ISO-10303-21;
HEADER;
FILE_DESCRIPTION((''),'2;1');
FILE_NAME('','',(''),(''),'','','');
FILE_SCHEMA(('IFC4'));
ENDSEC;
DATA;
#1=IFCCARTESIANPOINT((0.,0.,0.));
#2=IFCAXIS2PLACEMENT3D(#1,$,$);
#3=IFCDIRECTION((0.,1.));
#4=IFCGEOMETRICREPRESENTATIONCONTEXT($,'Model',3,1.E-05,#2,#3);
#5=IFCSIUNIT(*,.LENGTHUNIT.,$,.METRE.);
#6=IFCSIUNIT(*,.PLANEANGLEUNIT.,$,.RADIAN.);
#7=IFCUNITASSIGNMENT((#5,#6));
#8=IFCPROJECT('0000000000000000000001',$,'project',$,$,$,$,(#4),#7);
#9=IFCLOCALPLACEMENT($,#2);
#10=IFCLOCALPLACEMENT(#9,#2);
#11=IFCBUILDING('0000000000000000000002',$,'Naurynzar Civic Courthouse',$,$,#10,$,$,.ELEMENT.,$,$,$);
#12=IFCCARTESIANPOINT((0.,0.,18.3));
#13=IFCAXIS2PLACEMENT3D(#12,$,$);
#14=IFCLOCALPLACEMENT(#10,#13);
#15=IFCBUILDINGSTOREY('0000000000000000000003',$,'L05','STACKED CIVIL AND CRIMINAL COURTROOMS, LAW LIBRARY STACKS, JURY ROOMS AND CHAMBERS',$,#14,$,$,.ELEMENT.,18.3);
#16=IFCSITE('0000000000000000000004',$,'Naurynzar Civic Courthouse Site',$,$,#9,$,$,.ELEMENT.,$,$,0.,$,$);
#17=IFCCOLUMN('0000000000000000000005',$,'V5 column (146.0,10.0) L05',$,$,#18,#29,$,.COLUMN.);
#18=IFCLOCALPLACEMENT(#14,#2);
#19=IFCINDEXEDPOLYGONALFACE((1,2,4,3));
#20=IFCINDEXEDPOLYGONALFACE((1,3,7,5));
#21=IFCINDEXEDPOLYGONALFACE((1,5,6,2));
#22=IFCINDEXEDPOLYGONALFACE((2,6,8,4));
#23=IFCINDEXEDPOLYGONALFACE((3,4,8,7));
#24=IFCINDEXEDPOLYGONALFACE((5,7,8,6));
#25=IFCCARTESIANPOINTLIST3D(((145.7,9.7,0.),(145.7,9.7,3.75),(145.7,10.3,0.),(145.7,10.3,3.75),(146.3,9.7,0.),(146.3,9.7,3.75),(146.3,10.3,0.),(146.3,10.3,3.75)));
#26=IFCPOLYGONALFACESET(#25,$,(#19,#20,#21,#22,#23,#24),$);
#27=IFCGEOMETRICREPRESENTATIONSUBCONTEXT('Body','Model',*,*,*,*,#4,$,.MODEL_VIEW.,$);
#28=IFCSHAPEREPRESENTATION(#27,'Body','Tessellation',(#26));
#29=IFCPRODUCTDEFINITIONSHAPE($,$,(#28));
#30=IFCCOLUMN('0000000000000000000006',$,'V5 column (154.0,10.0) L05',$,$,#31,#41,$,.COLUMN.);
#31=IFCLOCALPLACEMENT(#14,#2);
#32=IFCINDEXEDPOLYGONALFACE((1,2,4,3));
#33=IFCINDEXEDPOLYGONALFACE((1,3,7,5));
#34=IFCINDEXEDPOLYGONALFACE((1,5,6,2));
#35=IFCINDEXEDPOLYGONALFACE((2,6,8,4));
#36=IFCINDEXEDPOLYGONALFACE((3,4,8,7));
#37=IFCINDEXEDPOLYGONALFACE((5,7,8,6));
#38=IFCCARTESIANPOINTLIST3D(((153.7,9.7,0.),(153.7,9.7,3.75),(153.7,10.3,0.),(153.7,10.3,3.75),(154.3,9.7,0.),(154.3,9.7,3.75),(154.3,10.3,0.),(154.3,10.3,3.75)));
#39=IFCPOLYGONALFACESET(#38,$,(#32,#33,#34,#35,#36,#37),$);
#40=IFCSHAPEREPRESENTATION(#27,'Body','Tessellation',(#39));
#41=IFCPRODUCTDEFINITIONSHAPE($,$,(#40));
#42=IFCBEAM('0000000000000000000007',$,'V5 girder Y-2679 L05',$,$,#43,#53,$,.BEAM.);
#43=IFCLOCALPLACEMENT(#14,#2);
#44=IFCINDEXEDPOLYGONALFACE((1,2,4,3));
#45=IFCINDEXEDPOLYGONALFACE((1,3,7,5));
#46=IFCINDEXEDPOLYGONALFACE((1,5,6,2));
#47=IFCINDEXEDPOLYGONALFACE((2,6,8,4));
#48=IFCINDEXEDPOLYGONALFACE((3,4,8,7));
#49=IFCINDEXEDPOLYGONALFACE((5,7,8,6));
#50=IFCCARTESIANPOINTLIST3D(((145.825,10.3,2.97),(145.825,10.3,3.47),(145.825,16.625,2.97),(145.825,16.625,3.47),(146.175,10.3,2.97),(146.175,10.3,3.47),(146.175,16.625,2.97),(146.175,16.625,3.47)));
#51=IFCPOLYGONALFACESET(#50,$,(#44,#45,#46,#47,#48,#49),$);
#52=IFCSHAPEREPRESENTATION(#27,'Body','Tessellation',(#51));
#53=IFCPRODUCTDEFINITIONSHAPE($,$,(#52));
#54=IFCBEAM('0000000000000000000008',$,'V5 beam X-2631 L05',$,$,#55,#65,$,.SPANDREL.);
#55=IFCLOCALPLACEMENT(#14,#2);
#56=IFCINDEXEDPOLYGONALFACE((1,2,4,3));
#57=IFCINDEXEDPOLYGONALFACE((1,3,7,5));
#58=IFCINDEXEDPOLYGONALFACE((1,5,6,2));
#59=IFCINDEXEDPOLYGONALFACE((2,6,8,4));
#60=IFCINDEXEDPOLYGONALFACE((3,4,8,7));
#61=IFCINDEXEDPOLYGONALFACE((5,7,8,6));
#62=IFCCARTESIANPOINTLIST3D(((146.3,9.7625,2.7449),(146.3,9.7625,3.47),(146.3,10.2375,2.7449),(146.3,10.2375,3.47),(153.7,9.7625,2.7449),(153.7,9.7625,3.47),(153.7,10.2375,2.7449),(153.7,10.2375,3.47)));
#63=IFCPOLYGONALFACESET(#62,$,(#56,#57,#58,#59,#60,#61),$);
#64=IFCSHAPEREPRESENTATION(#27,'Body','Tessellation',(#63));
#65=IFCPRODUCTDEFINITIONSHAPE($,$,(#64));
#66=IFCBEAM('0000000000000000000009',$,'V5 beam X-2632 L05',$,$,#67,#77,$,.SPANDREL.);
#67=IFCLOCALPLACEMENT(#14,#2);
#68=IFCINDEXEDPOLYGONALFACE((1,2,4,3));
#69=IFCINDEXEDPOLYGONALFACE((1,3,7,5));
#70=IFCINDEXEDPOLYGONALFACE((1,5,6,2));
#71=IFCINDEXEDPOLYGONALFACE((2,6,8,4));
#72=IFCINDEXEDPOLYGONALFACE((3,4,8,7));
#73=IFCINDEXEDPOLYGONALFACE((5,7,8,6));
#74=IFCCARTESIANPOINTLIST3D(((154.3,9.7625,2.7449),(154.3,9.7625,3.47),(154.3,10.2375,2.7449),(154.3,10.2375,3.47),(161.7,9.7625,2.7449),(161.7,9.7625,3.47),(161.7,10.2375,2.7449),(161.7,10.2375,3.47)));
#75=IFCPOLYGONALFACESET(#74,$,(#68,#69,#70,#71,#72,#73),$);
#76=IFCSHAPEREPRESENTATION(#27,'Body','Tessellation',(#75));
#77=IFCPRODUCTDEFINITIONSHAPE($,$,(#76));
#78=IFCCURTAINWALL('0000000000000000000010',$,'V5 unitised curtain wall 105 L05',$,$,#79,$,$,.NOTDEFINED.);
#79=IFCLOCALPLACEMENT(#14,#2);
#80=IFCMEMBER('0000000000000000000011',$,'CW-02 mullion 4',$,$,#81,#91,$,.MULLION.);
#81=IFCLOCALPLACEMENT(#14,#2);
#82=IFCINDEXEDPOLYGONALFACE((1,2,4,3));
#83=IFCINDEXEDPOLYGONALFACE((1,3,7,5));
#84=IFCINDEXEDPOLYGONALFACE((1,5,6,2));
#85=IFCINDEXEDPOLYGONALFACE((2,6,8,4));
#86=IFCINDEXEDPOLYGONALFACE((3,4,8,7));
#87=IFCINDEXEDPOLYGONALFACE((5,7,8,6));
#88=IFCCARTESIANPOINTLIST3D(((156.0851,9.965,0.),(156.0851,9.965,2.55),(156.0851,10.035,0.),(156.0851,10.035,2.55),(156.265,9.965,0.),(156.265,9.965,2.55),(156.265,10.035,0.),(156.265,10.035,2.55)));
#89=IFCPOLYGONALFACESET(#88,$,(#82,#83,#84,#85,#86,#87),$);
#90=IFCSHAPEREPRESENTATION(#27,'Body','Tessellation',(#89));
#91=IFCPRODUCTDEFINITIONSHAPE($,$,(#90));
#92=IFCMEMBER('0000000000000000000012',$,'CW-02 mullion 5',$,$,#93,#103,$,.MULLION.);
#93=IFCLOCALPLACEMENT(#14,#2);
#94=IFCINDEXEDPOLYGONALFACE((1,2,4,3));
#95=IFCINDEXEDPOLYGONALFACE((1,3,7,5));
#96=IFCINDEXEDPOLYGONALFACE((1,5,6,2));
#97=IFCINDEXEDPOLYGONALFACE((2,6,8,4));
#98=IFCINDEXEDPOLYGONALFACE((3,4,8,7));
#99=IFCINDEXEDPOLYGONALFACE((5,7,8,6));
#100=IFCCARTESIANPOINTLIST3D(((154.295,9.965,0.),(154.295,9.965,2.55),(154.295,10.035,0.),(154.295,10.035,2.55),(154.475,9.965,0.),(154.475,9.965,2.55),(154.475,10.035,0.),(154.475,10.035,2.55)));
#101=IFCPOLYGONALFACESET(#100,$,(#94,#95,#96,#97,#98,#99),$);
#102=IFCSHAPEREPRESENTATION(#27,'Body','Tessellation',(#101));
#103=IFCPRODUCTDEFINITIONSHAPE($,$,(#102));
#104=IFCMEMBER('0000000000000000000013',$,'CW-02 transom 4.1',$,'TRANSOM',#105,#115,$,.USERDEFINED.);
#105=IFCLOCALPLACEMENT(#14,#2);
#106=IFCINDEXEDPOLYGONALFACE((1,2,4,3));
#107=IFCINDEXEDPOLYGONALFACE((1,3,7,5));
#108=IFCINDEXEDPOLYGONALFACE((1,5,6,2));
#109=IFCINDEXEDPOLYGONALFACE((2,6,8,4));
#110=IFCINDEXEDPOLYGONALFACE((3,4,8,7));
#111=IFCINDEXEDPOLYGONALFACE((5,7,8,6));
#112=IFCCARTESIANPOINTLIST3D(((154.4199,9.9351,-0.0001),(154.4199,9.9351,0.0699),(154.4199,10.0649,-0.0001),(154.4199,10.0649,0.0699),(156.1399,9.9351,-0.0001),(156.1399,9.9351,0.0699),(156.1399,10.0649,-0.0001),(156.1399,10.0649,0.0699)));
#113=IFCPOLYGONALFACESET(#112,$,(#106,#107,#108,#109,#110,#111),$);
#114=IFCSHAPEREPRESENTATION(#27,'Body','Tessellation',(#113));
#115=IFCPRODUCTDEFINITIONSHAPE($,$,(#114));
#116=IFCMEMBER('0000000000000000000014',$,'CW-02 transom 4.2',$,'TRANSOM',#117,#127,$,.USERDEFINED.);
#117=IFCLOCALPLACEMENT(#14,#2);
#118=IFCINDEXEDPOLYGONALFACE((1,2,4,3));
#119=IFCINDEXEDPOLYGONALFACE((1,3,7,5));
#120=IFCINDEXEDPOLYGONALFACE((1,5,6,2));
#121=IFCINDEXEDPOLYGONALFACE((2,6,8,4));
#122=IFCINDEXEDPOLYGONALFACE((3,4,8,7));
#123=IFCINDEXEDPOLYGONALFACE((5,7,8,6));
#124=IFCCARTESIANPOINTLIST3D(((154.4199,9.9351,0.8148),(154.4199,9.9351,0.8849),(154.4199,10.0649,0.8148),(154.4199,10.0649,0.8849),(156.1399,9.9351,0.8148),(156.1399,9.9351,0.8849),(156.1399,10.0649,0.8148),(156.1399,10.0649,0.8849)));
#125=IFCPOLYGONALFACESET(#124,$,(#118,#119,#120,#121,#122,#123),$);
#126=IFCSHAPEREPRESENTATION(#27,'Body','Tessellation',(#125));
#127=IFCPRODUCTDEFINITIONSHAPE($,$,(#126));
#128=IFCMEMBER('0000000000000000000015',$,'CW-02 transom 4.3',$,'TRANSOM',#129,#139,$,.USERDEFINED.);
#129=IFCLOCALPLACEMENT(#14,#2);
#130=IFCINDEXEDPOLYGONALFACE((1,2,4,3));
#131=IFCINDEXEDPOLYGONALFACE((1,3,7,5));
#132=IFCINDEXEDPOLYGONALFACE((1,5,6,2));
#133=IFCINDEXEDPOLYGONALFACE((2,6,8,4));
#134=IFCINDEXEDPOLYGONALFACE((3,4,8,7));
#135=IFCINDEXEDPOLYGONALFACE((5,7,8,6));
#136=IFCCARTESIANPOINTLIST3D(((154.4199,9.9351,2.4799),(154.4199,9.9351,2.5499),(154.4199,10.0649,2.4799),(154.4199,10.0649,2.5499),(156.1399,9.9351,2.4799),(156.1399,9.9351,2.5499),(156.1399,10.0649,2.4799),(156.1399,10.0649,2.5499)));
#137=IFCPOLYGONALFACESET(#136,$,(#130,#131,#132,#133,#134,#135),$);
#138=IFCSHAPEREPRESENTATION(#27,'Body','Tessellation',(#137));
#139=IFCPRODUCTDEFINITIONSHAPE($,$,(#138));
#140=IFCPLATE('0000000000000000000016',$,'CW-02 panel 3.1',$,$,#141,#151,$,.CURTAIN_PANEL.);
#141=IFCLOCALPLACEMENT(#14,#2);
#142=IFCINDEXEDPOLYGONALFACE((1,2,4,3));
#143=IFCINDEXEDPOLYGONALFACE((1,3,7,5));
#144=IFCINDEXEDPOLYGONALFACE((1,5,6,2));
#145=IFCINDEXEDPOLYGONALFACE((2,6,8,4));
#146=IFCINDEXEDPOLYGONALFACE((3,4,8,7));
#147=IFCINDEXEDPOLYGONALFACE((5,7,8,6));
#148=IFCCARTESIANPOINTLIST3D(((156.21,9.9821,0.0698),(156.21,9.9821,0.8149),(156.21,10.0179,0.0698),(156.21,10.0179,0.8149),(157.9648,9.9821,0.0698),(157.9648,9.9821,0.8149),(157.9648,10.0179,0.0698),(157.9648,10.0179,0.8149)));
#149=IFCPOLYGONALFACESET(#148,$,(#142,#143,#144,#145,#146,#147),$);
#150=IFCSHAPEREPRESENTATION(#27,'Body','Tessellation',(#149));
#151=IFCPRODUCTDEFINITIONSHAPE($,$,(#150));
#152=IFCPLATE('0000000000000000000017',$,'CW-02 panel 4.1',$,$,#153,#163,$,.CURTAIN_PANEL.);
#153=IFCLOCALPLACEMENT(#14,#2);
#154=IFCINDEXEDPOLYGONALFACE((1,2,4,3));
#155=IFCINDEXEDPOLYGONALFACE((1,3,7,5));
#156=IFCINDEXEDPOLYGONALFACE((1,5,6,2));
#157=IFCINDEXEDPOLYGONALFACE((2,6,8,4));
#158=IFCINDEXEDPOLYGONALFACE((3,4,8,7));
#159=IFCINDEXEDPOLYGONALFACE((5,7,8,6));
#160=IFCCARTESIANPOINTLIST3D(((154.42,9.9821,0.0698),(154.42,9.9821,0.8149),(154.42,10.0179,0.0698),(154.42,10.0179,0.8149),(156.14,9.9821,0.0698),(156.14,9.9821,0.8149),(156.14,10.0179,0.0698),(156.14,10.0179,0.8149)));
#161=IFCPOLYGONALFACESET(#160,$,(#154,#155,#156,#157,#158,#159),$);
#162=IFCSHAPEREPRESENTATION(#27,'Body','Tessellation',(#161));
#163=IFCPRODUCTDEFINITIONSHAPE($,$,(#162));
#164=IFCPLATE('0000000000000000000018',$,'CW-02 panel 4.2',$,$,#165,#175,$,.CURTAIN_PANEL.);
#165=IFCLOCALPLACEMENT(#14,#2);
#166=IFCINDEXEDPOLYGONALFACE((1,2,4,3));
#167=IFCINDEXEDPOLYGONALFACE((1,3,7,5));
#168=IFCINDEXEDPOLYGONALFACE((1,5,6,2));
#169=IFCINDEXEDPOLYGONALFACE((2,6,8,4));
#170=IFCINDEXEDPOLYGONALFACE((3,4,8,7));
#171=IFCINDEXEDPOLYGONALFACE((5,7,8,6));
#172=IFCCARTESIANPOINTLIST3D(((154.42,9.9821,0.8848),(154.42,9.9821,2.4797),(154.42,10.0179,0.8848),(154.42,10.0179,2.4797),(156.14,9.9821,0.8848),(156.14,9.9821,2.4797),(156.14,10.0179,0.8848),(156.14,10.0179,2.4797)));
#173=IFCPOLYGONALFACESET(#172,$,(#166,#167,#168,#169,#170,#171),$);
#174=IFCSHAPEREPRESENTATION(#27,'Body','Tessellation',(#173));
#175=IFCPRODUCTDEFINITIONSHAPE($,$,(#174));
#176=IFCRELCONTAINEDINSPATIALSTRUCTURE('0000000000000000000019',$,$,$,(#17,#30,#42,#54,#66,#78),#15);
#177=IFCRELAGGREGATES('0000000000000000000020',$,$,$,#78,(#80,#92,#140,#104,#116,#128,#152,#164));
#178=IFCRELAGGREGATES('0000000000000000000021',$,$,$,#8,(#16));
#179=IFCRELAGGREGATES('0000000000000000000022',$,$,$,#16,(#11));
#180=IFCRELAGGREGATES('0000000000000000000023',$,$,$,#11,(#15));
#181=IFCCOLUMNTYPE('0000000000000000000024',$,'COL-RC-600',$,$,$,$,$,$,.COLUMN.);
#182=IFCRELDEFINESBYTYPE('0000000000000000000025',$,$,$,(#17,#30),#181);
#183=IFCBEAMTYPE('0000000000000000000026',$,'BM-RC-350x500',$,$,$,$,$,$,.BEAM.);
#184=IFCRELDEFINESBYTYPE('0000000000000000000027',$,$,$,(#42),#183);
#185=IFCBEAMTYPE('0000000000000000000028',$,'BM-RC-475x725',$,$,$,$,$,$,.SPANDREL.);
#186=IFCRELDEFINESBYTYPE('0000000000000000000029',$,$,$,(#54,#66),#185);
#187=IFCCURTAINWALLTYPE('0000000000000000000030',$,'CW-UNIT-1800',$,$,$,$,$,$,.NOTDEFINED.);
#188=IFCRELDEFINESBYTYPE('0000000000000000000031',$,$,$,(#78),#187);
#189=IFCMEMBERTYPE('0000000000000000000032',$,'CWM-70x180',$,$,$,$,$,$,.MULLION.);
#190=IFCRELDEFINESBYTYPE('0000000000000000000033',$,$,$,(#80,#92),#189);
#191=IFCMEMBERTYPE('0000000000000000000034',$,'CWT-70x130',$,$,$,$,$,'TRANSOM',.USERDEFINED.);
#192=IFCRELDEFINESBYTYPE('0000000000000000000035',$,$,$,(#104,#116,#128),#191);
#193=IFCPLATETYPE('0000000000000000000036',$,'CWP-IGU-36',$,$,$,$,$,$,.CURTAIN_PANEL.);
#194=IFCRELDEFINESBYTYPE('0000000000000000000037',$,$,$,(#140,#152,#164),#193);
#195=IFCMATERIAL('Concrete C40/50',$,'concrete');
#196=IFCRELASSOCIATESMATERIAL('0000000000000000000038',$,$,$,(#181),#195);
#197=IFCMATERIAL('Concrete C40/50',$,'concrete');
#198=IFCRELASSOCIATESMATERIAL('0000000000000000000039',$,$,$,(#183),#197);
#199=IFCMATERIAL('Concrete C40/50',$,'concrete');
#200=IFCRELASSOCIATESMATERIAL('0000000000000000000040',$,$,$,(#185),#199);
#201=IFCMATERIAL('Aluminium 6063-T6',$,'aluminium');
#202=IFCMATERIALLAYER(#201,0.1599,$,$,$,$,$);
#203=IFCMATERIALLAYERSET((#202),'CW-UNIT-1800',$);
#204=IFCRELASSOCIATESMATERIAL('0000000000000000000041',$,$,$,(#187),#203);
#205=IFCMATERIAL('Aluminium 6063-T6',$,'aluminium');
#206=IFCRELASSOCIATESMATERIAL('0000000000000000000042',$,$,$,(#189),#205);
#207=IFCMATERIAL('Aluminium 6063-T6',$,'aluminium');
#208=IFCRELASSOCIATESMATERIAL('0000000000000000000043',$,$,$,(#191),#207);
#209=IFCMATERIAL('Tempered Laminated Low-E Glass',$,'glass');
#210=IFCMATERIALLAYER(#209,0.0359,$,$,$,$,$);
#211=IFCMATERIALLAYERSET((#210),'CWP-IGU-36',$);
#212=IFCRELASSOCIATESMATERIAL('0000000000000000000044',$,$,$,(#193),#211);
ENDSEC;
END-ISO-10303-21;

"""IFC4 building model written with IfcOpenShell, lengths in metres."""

from ifc_helpers import new_model, si_unit, direction, frame, origin, origin_2d, place, context, subcontext, project, spatial, rectangle, extrude, material, layer, layer_set, material_profile, profile_set, type_object, element, aggregate, save


model = new_model("IFC4")

# Units and contexts
model_context = context("Model", 3, precision=1e-05, world=origin(), true_north=direction((0.0, 1.0)))
body_context = subcontext(model_context, "Body", "Model", "MODEL_VIEW")
ifc_project = project(units=[si_unit("LENGTHUNIT", "METRE"), si_unit("PLANEANGLEUNIT", "RADIAN")], contexts=[model_context])

# Site, building, storey
site_placement = place(None, origin())
site = spatial("IfcSite", under=ifc_project, at=site_placement, Name="Naurynzar Civic Courthouse Site", CompositionType="ELEMENT", RefElevation=0.0)
building_placement = place(site_placement, origin())
building = spatial("IfcBuilding", under=site, at=building_placement, Name="Naurynzar Civic Courthouse", CompositionType="ELEMENT")
storey_placement = place(building_placement, frame((0.0, 0.0, 18.3)))
storey = spatial("IfcBuildingStorey", under=building, at=storey_placement, Name="L05", Description="STACKED CIVIL AND CRIMINAL COURTROOMS, LAW LIBRARY STACKS, JURY ROOMS AND CHAMBERS", CompositionType="ELEMENT", Elevation=18.3)

# Columns
ifc_material_1 = material(Name="Concrete C40/50", Category="concrete")
ifc_material_profile_1 = material_profile(ifc_material_1, rectangle(XDim=0.6001, YDim=0.6001, at=origin_2d()), Name="RC 600x600")
ifc_profile_set_1 = profile_set([ifc_material_profile_1], Name="Concrete C40/50")
column_type = type_object("IfcColumnType", Name="COL-RC-600", PredefinedType="COLUMN", material=ifc_profile_set_1)
for number, where, z_axis, x_axis, name in (
    (1, (146.0, 10.0, 0.0), (0.0, 0.0, 1.0), (1.0, 0.0, 0.0), "V5 column (146.0,10.0) L05"),
    (2, (154.0, 10.0, 0.0), (0.0, 0.0, 1.0), (1.0, 0.0, 0.0), "V5 column (154.0,10.0) L05"),
):
    element("IfcColumn", number, at=place(storey_placement, frame(where, z_axis=z_axis, x_axis=x_axis)), inside=storey, type_object=column_type, Name=name, PredefinedType="COLUMN", context=body_context, shape_type="SweptSolid", body=[
        extrude(rectangle(XDim=0.6001, YDim=0.6001, at=origin_2d()), origin(), (0.0, 0.0, 1.0), 3.75),
    ])

# Beams
ifc_material_2 = material(Name="Concrete C40/50", Category="concrete")
ifc_material_profile_2 = material_profile(ifc_material_2, rectangle(XDim=0.3501, YDim=0.5, at=origin_2d()), Name="RCB 350x500")
ifc_profile_set_2 = profile_set([ifc_material_profile_2], Name="Concrete C40/50")
beam_type_1 = type_object("IfcBeamType", Name="BM-RC-350x500", PredefinedType="BEAM", material=ifc_profile_set_2)
beam_placement = place(storey_placement, frame((146.0, 10.3, 3.22), z_axis=(0.0, 1.0, 0.0), x_axis=(-1.0, 0.0, 0.0)))
element("IfcBeam", 3, at=beam_placement, inside=storey, type_object=beam_type_1, Name="V5 girder Y-2679 L05", PredefinedType="BEAM", context=body_context, shape_type="SweptSolid", body=[
    extrude(rectangle(XDim=0.3501, YDim=0.5, at=origin_2d()), origin(), (0.0, 0.0, 1.0), 6.325),
])
ifc_material_3 = material(Name="Concrete C40/50", Category="concrete")
ifc_material_profile_3 = material_profile(ifc_material_3, rectangle(XDim=0.4751, YDim=0.7251, at=origin_2d()), Name="RCB 475x725")
ifc_profile_set_3 = profile_set([ifc_material_profile_3], Name="Concrete C40/50")
beam_type_2 = type_object("IfcBeamType", Name="BM-RC-475x725", PredefinedType="SPANDREL", material=ifc_profile_set_3)
for number, where, z_axis, x_axis, name in (
    (4, (146.3, 10.0, 3.1074), (1.0, 0.0, 0.0), (0.0, 1.0, 0.0), "V5 beam X-2631 L05"),
    (5, (154.3, 10.0, 3.1074), (1.0, 0.0, 0.0), (0.0, 1.0, 0.0), "V5 beam X-2632 L05"),
):
    element("IfcBeam", number, at=place(storey_placement, frame(where, z_axis=z_axis, x_axis=x_axis)), inside=storey, type_object=beam_type_2, Name=name, PredefinedType="SPANDREL", context=body_context, shape_type="SweptSolid", body=[
        extrude(rectangle(XDim=0.4751, YDim=0.7251, at=origin_2d()), origin(), (0.0, 0.0, 1.0), 7.3999),
    ])

# Curtain wall, members, plates
ifc_material_4 = material(Name="Aluminium 6063-T6", Category="aluminium")
ifc_layer_1 = layer(ifc_material_4, 0.1599)
ifc_layer_set_1 = layer_set([ifc_layer_1], Name="CW-UNIT-1800")
curtain_wall_type = type_object("IfcCurtainWallType", Name="CW-UNIT-1800", PredefinedType="NOTDEFINED", material=ifc_layer_set_1)
curtain_wall_placement = place(storey_placement, origin())
curtain_wall = element("IfcCurtainWall", 6, at=curtain_wall_placement, inside=storey, type_object=curtain_wall_type, Name="V5 unitised curtain wall 105 L05", PredefinedType="NOTDEFINED")
ifc_material_5 = material(Name="Aluminium 6063-T6", Category="aluminium")
ifc_material_profile_4 = material_profile(ifc_material_5, rectangle(XDim=0.0701, YDim=0.1799, at=origin_2d()), Name="ALU MULLION 70x180")
ifc_profile_set_4 = profile_set([ifc_material_profile_4], Name="Aluminium 6063-T6")
member_type_1 = type_object("IfcMemberType", Name="CWM-70x180", PredefinedType="MULLION", material=ifc_profile_set_4)
member_1_placement = place(storey_placement, frame((156.175, 10.0, 0.0), z_axis=(0.0, 0.0, 1.0), x_axis=(0.0, -1.0, 0.0)))
member_1 = element("IfcMember", 7, at=member_1_placement, type_object=member_type_1, Name="CW-02 mullion 4", PredefinedType="MULLION", context=body_context, shape_type="SweptSolid", body=[
    extrude(rectangle(XDim=0.0701, YDim=0.1799, at=origin_2d()), origin(), (0.0, 0.0, 1.0), 2.55),
])
member_2_placement = place(storey_placement, frame((154.385, 10.0, 0.0), z_axis=(0.0, 0.0, 1.0), x_axis=(0.0, -1.0, 0.0)))
member_2 = element("IfcMember", 8, at=member_2_placement, type_object=member_type_1, Name="CW-02 mullion 5", PredefinedType="MULLION", context=body_context, shape_type="SweptSolid", body=[
    extrude(rectangle(XDim=0.0701, YDim=0.1799, at=origin_2d()), origin(), (0.0, 0.0, 1.0), 2.55),
])
ifc_material_6 = material(Name="Aluminium 6063-T6", Category="aluminium")
ifc_material_profile_5 = material_profile(ifc_material_6, rectangle(XDim=0.1299, YDim=0.0701, at=origin_2d()), Name="ALU TRANSOM 70x130")
ifc_profile_set_5 = profile_set([ifc_material_profile_5], Name="Aluminium 6063-T6")
member_type_2 = type_object("IfcMemberType", Name="CWT-70x130", ElementType="TRANSOM", PredefinedType="USERDEFINED", material=ifc_profile_set_5)
member_3_placement = place(storey_placement, frame((156.1399, 10.0, 0.0349), z_axis=(-1.0, 0.0, 0.0), x_axis=(0.0, -1.0, 0.0)))
member_3 = element("IfcMember", 9, at=member_3_placement, type_object=member_type_2, Name="CW-02 transom 4.1", ObjectType="TRANSOM", PredefinedType="USERDEFINED", context=body_context, shape_type="SweptSolid", body=[
    extrude(rectangle(XDim=0.1299, YDim=0.0701, at=origin_2d()), origin(), (0.0, 0.0, 1.0), 1.72),
])
member_4_placement = place(storey_placement, frame((156.1399, 10.0, 0.8499), z_axis=(-1.0, 0.0, 0.0), x_axis=(0.0, -1.0, 0.0)))
member_4 = element("IfcMember", 10, at=member_4_placement, type_object=member_type_2, Name="CW-02 transom 4.2", ObjectType="TRANSOM", PredefinedType="USERDEFINED", context=body_context, shape_type="SweptSolid", body=[
    extrude(rectangle(XDim=0.1299, YDim=0.0701, at=origin_2d()), origin(), (0.0, 0.0, 1.0), 1.72),
])
member_5_placement = place(storey_placement, frame((156.1399, 10.0, 2.5149), z_axis=(-1.0, 0.0, 0.0), x_axis=(0.0, -1.0, 0.0)))
member_5 = element("IfcMember", 11, at=member_5_placement, type_object=member_type_2, Name="CW-02 transom 4.3", ObjectType="TRANSOM", PredefinedType="USERDEFINED", context=body_context, shape_type="SweptSolid", body=[
    extrude(rectangle(XDim=0.1299, YDim=0.0701, at=origin_2d()), origin(), (0.0, 0.0, 1.0), 1.72),
])
ifc_material_7 = material(Name="Tempered Laminated Low-E Glass", Category="glass")
ifc_layer_2 = layer(ifc_material_7, 0.0359)
ifc_layer_set_2 = layer_set([ifc_layer_2], Name="CWP-IGU-36")
plate_type = type_object("IfcPlateType", Name="CWP-IGU-36", PredefinedType="CURTAIN_PANEL", material=ifc_layer_set_2)
plate_1_placement = place(storey_placement, frame((157.0874, 10.0, 0.0698), z_axis=(0.0, 0.0, 1.0), x_axis=(-1.0, 0.0, 0.0)))
plate_1 = element("IfcPlate", 12, at=plate_1_placement, type_object=plate_type, Name="CW-02 panel 3.1", PredefinedType="CURTAIN_PANEL", context=body_context, shape_type="SweptSolid", body=[
    extrude(rectangle(XDim=1.7549, YDim=0.0359, at=origin_2d()), origin(), (0.0, 0.0, 1.0), 0.7451),
])
plate_2_placement = place(storey_placement, frame((155.28, 10.0, 0.0698), z_axis=(0.0, 0.0, 1.0), x_axis=(-1.0, 0.0, 0.0)))
plate_2 = element("IfcPlate", 13, at=plate_2_placement, type_object=plate_type, Name="CW-02 panel 4.1", PredefinedType="CURTAIN_PANEL", context=body_context, shape_type="SweptSolid", body=[
    extrude(rectangle(XDim=1.72, YDim=0.0359, at=origin_2d()), origin(), (0.0, 0.0, 1.0), 0.7451),
])
plate_3_placement = place(storey_placement, frame((155.28, 10.0, 0.8848), z_axis=(0.0, 0.0, 1.0), x_axis=(-1.0, 0.0, 0.0)))
plate_3 = element("IfcPlate", 14, at=plate_3_placement, type_object=plate_type, Name="CW-02 panel 4.2", PredefinedType="CURTAIN_PANEL", context=body_context, shape_type="SweptSolid", body=[
    extrude(rectangle(XDim=1.72, YDim=0.0359, at=origin_2d()), origin(), (0.0, 0.0, 1.0), 1.595),
])
aggregate(curtain_wall, [member_1, member_2, plate_1, member_3, member_4, member_5, plate_2, plate_3])

save(model, "model.ifc")
